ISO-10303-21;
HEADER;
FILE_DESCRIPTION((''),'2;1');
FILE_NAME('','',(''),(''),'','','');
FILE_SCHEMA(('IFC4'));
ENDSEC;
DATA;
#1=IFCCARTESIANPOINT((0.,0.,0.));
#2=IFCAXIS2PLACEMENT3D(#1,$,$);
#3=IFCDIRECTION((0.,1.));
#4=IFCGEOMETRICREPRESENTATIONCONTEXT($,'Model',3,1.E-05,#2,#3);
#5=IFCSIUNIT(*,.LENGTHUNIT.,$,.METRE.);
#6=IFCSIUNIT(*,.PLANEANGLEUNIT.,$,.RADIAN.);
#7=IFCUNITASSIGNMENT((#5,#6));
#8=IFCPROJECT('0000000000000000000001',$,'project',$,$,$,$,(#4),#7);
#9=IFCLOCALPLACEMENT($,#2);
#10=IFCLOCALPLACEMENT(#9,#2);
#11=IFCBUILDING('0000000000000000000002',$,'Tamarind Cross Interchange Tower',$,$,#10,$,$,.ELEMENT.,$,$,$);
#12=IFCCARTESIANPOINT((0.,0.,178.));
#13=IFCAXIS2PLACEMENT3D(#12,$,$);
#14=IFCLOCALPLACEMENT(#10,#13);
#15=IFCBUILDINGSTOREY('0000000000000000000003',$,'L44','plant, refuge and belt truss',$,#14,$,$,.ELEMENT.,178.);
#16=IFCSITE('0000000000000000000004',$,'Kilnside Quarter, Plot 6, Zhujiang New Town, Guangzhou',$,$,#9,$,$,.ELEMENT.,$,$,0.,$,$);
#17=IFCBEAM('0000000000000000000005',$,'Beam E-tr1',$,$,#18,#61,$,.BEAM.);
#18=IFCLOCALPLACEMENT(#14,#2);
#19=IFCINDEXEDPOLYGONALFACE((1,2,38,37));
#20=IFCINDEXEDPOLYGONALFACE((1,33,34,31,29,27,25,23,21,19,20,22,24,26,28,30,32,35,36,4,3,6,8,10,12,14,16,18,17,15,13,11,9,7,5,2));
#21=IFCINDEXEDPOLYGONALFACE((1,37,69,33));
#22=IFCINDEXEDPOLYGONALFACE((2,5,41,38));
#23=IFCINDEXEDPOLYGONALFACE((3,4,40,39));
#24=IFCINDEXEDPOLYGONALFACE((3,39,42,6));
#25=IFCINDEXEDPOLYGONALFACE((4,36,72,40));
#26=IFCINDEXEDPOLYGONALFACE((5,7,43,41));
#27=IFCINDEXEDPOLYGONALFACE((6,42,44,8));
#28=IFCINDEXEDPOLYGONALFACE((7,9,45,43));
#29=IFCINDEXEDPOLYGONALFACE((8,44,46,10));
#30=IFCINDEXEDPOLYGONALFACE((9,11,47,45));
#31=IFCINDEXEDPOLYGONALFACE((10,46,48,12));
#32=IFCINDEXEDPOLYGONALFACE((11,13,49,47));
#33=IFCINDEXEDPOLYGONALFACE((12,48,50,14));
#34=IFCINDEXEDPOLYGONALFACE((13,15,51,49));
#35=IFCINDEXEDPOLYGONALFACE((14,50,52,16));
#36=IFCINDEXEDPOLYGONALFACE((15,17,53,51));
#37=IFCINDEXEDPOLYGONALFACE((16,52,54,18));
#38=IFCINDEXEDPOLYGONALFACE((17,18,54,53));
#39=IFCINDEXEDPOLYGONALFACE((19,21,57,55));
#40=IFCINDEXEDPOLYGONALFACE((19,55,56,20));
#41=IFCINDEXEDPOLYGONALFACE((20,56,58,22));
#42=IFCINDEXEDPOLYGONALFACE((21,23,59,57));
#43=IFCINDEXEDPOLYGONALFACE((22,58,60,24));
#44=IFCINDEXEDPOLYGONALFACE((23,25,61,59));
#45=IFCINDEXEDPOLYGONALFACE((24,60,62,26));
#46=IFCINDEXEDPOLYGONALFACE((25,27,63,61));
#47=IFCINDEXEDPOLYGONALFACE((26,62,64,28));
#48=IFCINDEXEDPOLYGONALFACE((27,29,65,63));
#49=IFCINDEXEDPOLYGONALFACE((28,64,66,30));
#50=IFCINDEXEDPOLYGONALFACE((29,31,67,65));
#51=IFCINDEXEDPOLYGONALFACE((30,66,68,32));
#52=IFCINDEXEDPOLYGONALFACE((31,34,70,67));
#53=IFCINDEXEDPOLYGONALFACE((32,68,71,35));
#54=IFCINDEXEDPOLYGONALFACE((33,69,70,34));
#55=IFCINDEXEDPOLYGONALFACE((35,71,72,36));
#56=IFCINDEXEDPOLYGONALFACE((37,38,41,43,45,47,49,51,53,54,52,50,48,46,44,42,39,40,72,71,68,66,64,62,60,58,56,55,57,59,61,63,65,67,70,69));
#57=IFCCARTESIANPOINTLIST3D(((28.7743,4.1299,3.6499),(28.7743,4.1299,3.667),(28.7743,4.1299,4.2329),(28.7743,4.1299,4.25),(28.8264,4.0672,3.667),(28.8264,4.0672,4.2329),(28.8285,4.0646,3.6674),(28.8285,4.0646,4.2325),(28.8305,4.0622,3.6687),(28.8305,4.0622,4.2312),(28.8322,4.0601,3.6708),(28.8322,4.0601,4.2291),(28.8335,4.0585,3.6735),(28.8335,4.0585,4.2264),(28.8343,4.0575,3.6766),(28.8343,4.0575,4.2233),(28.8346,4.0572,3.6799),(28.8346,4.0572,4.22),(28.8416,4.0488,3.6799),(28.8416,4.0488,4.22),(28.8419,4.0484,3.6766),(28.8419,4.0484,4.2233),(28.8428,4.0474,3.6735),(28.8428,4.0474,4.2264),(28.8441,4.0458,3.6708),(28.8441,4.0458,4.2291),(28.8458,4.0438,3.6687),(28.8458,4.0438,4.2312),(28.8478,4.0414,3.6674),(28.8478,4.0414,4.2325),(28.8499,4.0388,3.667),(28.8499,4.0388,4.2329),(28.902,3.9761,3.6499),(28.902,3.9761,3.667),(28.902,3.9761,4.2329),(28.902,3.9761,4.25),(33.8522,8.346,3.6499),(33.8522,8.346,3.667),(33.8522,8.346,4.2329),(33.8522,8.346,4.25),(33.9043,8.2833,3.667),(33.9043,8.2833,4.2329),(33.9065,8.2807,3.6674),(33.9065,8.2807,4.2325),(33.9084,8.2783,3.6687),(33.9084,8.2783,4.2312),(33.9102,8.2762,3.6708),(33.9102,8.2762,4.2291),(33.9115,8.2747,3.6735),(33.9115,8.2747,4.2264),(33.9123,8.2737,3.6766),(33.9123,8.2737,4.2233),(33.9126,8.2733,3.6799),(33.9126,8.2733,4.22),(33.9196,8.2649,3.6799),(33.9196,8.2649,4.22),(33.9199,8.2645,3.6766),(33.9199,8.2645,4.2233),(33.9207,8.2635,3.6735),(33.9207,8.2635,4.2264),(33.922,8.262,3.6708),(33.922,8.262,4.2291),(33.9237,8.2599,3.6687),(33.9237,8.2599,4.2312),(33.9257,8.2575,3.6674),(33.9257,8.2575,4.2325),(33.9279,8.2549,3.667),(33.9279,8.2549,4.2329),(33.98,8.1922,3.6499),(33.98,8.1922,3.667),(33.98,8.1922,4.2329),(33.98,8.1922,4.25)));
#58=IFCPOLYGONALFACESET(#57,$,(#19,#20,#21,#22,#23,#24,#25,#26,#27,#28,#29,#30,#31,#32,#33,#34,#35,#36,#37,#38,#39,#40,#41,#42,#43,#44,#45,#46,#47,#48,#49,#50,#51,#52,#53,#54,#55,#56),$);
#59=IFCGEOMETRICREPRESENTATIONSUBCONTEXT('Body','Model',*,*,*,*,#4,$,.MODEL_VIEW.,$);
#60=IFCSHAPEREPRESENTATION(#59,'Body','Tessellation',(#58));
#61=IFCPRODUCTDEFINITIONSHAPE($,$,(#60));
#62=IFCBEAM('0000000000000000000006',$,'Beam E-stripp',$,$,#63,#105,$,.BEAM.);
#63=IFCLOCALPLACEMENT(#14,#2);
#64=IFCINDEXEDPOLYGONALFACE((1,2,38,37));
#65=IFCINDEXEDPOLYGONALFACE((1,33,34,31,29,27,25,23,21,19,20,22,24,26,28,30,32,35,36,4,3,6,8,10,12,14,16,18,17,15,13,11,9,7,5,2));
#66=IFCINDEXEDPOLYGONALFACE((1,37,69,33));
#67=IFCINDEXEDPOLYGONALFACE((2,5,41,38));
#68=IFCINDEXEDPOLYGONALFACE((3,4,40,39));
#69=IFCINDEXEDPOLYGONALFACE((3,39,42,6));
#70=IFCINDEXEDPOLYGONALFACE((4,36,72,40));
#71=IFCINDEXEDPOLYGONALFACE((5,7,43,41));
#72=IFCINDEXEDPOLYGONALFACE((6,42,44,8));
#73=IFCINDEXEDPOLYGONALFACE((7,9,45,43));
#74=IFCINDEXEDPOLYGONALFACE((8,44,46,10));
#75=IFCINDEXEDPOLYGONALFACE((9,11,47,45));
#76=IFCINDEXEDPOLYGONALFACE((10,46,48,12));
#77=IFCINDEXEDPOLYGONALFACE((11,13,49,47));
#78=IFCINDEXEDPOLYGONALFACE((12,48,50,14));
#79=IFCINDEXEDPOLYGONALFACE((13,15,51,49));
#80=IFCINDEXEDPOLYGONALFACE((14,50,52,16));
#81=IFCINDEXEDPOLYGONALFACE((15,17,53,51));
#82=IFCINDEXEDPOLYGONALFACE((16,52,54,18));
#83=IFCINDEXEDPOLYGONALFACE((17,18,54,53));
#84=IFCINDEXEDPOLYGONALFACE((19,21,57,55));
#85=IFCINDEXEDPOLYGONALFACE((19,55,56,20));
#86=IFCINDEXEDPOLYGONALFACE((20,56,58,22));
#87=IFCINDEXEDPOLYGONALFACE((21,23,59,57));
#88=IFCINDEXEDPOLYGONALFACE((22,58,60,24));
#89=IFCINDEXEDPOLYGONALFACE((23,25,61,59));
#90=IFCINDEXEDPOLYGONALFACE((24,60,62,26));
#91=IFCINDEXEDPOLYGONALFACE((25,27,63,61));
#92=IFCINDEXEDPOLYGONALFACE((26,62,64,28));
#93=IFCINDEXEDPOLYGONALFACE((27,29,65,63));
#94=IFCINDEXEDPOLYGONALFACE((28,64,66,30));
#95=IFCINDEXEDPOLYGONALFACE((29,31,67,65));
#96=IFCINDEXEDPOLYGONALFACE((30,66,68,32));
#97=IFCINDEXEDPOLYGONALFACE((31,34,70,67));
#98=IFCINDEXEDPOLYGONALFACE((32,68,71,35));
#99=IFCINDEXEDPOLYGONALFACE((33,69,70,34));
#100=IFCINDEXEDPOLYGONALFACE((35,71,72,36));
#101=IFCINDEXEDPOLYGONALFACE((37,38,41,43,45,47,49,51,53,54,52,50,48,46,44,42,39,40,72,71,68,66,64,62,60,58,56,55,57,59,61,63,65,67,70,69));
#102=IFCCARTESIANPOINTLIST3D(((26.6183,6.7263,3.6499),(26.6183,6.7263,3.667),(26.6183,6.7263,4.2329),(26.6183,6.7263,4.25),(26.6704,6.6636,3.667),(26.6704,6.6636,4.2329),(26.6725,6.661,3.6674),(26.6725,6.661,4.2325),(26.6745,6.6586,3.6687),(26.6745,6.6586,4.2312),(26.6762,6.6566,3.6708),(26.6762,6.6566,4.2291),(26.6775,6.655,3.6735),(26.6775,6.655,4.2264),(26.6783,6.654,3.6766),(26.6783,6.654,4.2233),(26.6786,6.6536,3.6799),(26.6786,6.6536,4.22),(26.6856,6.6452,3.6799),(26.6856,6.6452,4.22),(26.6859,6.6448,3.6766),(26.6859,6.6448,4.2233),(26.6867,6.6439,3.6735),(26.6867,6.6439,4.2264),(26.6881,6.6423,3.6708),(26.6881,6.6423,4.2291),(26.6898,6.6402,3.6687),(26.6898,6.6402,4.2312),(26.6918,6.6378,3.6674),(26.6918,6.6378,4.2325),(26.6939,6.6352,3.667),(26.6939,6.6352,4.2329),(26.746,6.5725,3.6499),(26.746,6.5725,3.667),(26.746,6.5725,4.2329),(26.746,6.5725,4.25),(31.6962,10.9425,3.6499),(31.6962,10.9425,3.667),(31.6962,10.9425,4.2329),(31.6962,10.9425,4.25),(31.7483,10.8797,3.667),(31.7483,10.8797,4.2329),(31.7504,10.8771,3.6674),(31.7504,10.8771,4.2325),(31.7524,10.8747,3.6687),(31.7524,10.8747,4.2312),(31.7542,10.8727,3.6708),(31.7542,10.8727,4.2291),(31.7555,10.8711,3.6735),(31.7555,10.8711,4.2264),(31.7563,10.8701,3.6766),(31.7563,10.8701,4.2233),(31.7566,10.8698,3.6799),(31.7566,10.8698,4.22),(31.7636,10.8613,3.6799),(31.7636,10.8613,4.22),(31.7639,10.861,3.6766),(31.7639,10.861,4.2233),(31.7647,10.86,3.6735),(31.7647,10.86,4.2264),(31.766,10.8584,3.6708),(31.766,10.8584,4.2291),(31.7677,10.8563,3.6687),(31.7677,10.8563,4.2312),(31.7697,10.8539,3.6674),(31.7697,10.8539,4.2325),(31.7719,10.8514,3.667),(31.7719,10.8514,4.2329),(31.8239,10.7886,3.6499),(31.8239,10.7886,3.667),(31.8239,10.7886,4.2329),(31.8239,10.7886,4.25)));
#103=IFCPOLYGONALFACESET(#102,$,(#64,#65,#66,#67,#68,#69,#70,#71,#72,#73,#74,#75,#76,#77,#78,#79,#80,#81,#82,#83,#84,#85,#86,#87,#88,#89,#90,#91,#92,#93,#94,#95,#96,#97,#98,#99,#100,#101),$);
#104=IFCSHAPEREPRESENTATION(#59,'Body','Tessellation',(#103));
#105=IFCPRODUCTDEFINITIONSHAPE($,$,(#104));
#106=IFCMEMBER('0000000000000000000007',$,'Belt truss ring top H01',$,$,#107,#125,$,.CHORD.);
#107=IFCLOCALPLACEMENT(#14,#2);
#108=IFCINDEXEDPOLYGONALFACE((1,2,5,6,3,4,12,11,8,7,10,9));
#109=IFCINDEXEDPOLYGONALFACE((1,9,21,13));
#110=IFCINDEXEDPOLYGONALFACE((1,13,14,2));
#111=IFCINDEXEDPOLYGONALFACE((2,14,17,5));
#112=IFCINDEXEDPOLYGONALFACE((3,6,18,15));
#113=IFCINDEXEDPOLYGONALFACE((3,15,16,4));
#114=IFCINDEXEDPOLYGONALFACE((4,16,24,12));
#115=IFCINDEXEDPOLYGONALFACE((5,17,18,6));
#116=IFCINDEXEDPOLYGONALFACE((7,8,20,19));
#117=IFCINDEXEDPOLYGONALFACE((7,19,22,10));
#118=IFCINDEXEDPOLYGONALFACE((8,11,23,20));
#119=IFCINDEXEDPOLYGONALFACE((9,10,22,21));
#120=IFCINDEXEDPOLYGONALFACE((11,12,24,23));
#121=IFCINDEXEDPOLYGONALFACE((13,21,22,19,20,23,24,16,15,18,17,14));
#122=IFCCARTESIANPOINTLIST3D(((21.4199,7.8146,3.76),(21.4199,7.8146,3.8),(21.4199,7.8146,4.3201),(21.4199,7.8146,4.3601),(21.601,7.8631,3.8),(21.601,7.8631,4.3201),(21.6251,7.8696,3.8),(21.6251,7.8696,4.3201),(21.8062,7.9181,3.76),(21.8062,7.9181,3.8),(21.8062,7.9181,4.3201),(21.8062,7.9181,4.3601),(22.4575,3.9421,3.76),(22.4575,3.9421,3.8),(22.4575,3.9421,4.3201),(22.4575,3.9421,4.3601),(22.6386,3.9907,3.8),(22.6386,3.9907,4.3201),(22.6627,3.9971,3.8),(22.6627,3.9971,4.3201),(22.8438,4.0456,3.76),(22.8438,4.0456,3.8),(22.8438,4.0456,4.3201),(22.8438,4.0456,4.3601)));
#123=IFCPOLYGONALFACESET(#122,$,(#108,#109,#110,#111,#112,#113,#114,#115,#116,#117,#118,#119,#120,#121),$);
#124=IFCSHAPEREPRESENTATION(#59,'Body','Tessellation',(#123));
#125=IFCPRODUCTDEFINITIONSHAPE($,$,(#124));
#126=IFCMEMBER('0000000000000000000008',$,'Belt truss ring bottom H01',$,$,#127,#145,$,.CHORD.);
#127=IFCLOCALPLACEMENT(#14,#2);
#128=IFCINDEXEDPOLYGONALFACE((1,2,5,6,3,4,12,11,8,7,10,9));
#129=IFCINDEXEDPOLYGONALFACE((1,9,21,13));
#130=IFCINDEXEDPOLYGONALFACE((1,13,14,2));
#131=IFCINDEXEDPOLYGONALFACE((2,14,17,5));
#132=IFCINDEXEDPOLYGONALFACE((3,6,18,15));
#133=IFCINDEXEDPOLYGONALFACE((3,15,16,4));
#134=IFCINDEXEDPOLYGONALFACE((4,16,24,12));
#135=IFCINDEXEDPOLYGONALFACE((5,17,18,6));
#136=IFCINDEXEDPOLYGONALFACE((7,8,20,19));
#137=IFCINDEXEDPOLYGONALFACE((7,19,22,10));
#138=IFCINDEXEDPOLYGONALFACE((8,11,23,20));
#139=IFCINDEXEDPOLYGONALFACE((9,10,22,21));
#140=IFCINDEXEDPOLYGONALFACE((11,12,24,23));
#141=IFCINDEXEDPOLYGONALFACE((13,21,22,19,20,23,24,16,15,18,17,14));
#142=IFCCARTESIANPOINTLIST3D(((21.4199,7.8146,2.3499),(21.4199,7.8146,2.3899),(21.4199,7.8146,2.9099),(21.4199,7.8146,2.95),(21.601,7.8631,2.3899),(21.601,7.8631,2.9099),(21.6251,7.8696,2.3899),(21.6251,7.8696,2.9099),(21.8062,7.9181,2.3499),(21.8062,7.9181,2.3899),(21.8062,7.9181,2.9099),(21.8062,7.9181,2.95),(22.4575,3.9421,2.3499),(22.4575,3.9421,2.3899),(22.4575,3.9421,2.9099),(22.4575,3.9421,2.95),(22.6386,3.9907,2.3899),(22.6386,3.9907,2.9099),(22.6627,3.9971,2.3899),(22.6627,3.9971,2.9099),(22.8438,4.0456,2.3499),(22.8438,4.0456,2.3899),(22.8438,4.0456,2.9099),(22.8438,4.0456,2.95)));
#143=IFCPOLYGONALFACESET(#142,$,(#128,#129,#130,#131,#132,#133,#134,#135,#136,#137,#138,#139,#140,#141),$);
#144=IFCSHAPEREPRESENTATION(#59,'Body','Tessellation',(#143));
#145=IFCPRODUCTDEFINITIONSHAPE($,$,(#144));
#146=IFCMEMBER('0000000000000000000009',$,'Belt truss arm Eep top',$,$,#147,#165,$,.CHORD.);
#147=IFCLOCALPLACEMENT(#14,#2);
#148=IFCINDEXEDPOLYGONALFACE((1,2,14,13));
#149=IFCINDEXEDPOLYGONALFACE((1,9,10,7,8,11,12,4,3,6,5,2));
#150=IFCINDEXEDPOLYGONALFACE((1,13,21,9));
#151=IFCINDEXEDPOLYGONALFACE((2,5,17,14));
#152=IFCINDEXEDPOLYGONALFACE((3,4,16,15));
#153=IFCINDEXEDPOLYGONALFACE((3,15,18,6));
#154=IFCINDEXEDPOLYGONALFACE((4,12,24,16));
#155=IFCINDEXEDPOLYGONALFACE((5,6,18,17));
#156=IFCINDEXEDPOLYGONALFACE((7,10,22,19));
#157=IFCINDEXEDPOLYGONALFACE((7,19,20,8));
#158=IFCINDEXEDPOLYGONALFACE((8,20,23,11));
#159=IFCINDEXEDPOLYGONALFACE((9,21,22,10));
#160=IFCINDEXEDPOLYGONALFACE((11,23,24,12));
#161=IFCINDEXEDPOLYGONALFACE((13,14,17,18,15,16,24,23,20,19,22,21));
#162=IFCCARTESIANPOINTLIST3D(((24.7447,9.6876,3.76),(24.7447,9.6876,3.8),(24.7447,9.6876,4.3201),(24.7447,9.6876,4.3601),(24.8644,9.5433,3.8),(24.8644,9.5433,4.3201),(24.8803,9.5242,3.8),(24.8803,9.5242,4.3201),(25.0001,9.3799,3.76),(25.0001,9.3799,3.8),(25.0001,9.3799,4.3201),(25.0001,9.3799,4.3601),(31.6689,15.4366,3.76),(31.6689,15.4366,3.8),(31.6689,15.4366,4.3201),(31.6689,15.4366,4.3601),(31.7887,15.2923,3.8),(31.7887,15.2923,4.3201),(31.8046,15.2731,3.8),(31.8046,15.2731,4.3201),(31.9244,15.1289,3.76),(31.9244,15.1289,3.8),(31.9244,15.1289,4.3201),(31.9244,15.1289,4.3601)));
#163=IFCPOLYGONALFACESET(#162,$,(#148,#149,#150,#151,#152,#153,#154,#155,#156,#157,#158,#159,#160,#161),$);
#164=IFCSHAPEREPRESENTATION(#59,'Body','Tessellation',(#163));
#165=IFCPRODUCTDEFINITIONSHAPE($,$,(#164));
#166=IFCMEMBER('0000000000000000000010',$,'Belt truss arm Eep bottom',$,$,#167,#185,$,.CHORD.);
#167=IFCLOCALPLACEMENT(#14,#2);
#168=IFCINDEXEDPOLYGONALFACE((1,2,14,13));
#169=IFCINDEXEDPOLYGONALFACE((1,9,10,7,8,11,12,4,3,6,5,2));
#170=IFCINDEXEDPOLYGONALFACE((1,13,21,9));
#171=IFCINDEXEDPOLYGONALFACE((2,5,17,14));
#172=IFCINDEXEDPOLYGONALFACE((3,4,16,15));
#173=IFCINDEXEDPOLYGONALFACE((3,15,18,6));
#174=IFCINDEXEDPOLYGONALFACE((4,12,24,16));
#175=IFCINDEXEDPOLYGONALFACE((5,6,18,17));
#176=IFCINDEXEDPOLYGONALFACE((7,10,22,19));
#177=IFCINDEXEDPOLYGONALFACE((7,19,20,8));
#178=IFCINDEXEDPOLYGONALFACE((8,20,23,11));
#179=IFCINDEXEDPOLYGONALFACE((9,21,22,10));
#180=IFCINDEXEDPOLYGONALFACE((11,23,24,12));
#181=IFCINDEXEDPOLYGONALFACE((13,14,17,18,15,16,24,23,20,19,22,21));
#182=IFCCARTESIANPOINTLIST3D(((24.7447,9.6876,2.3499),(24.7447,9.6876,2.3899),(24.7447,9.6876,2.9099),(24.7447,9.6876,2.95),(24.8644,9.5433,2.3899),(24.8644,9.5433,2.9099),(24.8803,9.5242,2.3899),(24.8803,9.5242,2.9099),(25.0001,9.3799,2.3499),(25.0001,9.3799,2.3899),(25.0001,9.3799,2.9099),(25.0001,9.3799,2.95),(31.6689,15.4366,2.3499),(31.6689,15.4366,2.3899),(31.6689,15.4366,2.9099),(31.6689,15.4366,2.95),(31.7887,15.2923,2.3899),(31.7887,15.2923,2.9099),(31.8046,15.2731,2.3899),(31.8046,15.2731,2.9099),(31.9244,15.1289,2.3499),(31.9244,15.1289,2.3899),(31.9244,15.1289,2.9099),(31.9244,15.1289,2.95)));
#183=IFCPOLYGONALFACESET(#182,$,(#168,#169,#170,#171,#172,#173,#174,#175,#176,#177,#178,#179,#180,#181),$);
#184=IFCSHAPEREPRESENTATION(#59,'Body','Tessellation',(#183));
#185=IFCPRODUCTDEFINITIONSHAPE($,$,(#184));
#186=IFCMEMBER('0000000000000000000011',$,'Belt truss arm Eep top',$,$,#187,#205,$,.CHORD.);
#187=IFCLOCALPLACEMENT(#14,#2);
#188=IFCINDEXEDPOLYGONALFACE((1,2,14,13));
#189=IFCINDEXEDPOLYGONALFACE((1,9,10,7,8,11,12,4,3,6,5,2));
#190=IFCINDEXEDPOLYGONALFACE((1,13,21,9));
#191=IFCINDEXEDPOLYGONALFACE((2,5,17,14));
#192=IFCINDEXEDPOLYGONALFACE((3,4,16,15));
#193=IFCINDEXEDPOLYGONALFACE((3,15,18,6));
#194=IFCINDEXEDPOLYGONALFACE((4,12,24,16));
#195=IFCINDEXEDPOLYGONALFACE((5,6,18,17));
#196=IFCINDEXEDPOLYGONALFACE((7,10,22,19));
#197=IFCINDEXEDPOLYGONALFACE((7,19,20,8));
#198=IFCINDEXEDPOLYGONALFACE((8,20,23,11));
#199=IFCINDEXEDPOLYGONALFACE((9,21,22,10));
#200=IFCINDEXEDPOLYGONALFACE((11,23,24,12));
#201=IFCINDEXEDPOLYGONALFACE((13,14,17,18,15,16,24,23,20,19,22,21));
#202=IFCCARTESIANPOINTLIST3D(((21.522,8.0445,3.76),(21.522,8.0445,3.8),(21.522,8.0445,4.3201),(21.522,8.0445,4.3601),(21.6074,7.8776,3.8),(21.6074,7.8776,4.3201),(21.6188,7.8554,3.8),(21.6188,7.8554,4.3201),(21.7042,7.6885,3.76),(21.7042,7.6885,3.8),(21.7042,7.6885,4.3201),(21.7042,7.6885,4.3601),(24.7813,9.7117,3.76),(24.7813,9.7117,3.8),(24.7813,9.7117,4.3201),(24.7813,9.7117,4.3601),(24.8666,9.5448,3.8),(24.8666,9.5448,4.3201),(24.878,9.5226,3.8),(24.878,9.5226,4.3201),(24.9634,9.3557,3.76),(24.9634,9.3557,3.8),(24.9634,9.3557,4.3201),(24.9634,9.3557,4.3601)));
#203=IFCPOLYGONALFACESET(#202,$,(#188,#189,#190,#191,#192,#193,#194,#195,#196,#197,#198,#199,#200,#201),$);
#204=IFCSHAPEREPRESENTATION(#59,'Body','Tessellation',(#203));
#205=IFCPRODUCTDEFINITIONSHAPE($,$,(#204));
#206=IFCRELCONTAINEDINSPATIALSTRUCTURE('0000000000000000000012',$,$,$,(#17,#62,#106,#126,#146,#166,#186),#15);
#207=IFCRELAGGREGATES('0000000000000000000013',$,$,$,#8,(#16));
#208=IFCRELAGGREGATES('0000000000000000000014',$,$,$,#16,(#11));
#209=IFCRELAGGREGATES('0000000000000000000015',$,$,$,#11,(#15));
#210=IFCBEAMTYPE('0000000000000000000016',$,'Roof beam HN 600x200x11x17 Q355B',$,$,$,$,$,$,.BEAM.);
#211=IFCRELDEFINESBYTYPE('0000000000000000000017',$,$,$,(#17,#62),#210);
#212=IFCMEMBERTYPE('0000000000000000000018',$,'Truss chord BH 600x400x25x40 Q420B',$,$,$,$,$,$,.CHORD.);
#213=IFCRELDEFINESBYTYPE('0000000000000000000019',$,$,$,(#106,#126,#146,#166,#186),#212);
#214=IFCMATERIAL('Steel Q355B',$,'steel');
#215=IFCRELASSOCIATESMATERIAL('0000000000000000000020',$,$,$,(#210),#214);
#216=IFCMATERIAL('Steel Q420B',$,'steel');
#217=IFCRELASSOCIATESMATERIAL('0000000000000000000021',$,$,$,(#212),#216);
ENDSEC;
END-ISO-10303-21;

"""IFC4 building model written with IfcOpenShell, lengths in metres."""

from ifc_helpers import new_model, si_unit, direction, frame, origin, origin_2d, place, context, subcontext, project, spatial, i_section, extrude, material, material_profile, profile_set, type_object, element, save


model = new_model("IFC4")

# Units and contexts
model_context = context("Model", 3, precision=1e-05, world=origin(), true_north=direction((0.0, 1.0)))
body_context = subcontext(model_context, "Body", "Model", "MODEL_VIEW")
ifc_project = project(units=[si_unit("LENGTHUNIT", "METRE"), si_unit("PLANEANGLEUNIT", "RADIAN")], contexts=[model_context])

# Site, building, storey
site_placement = place(None, origin())
site = spatial("IfcSite", under=ifc_project, at=site_placement, Name="Kilnside Quarter, Plot 6, Zhujiang New Town, Guangzhou", CompositionType="ELEMENT", RefElevation=0.0)
building_placement = place(site_placement, origin())
building = spatial("IfcBuilding", under=site, at=building_placement, Name="Tamarind Cross Interchange Tower", CompositionType="ELEMENT")
storey_placement = place(building_placement, frame((0.0, 0.0, 178.0)))
storey = spatial("IfcBuildingStorey", under=building, at=storey_placement, Name="L44", Description="plant, refuge and belt truss", CompositionType="ELEMENT", Elevation=178.0)

# Shared definitions
ifc_material_1 = material(Name="Steel Q355B", Category="steel")

# Beams
ifc_material_profile_1 = material_profile(ifc_material_1, i_section(OverallWidth=0.2, OverallDepth=0.6001, WebThickness=0.011, FlangeThickness=0.0171, FilletRadius=0.0129, at=origin_2d()), Name="HN 600x200x11x17")
ifc_profile_set_1 = profile_set([ifc_material_profile_1], Name="Steel Q355B")
beam_type_1 = type_object("IfcBeamType", Name="Roof beam HN 600x200x11x17 Q355B", PredefinedType="BEAM", material=ifc_profile_set_1)
for number, where, z_axis, x_axis, name in (
    (1, (28.8381, 4.053, 3.95), (0.769375, 0.638797, 0.0), (-0.638797, 0.769375, 0.0), "Beam E-tr1"),
    (2, (26.6821, 6.6494, 3.95), (0.769375, 0.638797, 0.0), (-0.638797, 0.769375, 0.0), "Beam E-stripp"),
):
    element("IfcBeam", number, at=place(storey_placement, frame(where, z_axis=z_axis, x_axis=x_axis)), inside=storey, type_object=beam_type_1, Name=name, PredefinedType="BEAM", context=body_context, shape_type="SweptSolid", body=[
        extrude(i_section(OverallWidth=0.2, OverallDepth=0.6001, WebThickness=0.011, FlangeThickness=0.0171, FilletRadius=0.0129, at=origin_2d()), origin(), (0.0, 0.0, 1.0), 6.6001),
    ])

# Members
ifc_material_2 = material(Name="Steel Q420B", Category="steel")
ifc_material_profile_2 = material_profile(ifc_material_2, i_section(OverallWidth=0.3999, OverallDepth=0.6001, WebThickness=0.0249, FlangeThickness=0.04, at=origin_2d()), Name="BH 600x400x25x40")
ifc_profile_set_2 = profile_set([ifc_material_profile_2], Name="Steel Q420B")
member_type_1 = type_object("IfcMemberType", Name="Truss chord BH 600x400x25x40 Q420B", PredefinedType="CHORD", material=ifc_profile_set_2)
for number, where, z_axis, x_axis, name in (
    (3, (22.6506, 3.9939, 4.0601), (-0.258807, 0.965929, 0.0), (-0.965929, -0.258807, 0.0), "Belt truss ring top H01"),
    (4, (22.6506, 3.9939, 2.6499), (-0.258807, 0.965929, 0.0), (-0.965929, -0.258807, 0.0), "Belt truss ring bottom H01"),
):
    element("IfcMember", number, at=place(storey_placement, frame(where, z_axis=z_axis, x_axis=x_axis)), inside=storey, type_object=member_type_1, Name=name, PredefinedType="CHORD", context=body_context, shape_type="SweptSolid", body=[
        extrude(i_section(OverallWidth=0.3999, OverallDepth=0.6001, WebThickness=0.0249, FlangeThickness=0.04, at=origin_2d()), origin(), (0.0, 0.0, 1.0), 4.009),
    ])
for number, where, z_axis, x_axis, name in (
    (5, (31.7966, 15.2827, 4.0601), (-0.769381, -0.638791, 0.0), (0.638791, -0.769381, 0.0), "Belt truss arm Eep top"),
    (6, (31.7966, 15.2827, 2.6499), (-0.769381, -0.638791, 0.0), (0.638791, -0.769381, 0.0), "Belt truss arm Eep bottom"),
):
    element("IfcMember", number, at=place(storey_placement, frame(where, z_axis=z_axis, x_axis=x_axis)), inside=storey, type_object=member_type_1, Name=name, PredefinedType="CHORD", context=body_context, shape_type="SweptSolid", body=[
        extrude(i_section(OverallWidth=0.3999, OverallDepth=0.6001, WebThickness=0.0249, FlangeThickness=0.04, at=origin_2d()), origin(), (0.0, 0.0, 1.0), 8.9998),
    ])
for number, where, z_axis, x_axis, name in (
    (7, (24.8723, 9.5337, 4.0601), (-0.890281, -0.455411, 0.0), (0.455411, -0.890281, 0.0), "Belt truss arm Eep top"),
):
    element("IfcMember", number, at=place(storey_placement, frame(where, z_axis=z_axis, x_axis=x_axis)), inside=storey, type_object=member_type_1, Name=name, PredefinedType="CHORD", context=body_context, shape_type="SweptSolid", body=[
        extrude(i_section(OverallWidth=0.3999, OverallDepth=0.6001, WebThickness=0.0249, FlangeThickness=0.04, at=origin_2d()), origin(), (0.0, 0.0, 1.0), 3.6609),
    ])

save(model, "model.ifc")
